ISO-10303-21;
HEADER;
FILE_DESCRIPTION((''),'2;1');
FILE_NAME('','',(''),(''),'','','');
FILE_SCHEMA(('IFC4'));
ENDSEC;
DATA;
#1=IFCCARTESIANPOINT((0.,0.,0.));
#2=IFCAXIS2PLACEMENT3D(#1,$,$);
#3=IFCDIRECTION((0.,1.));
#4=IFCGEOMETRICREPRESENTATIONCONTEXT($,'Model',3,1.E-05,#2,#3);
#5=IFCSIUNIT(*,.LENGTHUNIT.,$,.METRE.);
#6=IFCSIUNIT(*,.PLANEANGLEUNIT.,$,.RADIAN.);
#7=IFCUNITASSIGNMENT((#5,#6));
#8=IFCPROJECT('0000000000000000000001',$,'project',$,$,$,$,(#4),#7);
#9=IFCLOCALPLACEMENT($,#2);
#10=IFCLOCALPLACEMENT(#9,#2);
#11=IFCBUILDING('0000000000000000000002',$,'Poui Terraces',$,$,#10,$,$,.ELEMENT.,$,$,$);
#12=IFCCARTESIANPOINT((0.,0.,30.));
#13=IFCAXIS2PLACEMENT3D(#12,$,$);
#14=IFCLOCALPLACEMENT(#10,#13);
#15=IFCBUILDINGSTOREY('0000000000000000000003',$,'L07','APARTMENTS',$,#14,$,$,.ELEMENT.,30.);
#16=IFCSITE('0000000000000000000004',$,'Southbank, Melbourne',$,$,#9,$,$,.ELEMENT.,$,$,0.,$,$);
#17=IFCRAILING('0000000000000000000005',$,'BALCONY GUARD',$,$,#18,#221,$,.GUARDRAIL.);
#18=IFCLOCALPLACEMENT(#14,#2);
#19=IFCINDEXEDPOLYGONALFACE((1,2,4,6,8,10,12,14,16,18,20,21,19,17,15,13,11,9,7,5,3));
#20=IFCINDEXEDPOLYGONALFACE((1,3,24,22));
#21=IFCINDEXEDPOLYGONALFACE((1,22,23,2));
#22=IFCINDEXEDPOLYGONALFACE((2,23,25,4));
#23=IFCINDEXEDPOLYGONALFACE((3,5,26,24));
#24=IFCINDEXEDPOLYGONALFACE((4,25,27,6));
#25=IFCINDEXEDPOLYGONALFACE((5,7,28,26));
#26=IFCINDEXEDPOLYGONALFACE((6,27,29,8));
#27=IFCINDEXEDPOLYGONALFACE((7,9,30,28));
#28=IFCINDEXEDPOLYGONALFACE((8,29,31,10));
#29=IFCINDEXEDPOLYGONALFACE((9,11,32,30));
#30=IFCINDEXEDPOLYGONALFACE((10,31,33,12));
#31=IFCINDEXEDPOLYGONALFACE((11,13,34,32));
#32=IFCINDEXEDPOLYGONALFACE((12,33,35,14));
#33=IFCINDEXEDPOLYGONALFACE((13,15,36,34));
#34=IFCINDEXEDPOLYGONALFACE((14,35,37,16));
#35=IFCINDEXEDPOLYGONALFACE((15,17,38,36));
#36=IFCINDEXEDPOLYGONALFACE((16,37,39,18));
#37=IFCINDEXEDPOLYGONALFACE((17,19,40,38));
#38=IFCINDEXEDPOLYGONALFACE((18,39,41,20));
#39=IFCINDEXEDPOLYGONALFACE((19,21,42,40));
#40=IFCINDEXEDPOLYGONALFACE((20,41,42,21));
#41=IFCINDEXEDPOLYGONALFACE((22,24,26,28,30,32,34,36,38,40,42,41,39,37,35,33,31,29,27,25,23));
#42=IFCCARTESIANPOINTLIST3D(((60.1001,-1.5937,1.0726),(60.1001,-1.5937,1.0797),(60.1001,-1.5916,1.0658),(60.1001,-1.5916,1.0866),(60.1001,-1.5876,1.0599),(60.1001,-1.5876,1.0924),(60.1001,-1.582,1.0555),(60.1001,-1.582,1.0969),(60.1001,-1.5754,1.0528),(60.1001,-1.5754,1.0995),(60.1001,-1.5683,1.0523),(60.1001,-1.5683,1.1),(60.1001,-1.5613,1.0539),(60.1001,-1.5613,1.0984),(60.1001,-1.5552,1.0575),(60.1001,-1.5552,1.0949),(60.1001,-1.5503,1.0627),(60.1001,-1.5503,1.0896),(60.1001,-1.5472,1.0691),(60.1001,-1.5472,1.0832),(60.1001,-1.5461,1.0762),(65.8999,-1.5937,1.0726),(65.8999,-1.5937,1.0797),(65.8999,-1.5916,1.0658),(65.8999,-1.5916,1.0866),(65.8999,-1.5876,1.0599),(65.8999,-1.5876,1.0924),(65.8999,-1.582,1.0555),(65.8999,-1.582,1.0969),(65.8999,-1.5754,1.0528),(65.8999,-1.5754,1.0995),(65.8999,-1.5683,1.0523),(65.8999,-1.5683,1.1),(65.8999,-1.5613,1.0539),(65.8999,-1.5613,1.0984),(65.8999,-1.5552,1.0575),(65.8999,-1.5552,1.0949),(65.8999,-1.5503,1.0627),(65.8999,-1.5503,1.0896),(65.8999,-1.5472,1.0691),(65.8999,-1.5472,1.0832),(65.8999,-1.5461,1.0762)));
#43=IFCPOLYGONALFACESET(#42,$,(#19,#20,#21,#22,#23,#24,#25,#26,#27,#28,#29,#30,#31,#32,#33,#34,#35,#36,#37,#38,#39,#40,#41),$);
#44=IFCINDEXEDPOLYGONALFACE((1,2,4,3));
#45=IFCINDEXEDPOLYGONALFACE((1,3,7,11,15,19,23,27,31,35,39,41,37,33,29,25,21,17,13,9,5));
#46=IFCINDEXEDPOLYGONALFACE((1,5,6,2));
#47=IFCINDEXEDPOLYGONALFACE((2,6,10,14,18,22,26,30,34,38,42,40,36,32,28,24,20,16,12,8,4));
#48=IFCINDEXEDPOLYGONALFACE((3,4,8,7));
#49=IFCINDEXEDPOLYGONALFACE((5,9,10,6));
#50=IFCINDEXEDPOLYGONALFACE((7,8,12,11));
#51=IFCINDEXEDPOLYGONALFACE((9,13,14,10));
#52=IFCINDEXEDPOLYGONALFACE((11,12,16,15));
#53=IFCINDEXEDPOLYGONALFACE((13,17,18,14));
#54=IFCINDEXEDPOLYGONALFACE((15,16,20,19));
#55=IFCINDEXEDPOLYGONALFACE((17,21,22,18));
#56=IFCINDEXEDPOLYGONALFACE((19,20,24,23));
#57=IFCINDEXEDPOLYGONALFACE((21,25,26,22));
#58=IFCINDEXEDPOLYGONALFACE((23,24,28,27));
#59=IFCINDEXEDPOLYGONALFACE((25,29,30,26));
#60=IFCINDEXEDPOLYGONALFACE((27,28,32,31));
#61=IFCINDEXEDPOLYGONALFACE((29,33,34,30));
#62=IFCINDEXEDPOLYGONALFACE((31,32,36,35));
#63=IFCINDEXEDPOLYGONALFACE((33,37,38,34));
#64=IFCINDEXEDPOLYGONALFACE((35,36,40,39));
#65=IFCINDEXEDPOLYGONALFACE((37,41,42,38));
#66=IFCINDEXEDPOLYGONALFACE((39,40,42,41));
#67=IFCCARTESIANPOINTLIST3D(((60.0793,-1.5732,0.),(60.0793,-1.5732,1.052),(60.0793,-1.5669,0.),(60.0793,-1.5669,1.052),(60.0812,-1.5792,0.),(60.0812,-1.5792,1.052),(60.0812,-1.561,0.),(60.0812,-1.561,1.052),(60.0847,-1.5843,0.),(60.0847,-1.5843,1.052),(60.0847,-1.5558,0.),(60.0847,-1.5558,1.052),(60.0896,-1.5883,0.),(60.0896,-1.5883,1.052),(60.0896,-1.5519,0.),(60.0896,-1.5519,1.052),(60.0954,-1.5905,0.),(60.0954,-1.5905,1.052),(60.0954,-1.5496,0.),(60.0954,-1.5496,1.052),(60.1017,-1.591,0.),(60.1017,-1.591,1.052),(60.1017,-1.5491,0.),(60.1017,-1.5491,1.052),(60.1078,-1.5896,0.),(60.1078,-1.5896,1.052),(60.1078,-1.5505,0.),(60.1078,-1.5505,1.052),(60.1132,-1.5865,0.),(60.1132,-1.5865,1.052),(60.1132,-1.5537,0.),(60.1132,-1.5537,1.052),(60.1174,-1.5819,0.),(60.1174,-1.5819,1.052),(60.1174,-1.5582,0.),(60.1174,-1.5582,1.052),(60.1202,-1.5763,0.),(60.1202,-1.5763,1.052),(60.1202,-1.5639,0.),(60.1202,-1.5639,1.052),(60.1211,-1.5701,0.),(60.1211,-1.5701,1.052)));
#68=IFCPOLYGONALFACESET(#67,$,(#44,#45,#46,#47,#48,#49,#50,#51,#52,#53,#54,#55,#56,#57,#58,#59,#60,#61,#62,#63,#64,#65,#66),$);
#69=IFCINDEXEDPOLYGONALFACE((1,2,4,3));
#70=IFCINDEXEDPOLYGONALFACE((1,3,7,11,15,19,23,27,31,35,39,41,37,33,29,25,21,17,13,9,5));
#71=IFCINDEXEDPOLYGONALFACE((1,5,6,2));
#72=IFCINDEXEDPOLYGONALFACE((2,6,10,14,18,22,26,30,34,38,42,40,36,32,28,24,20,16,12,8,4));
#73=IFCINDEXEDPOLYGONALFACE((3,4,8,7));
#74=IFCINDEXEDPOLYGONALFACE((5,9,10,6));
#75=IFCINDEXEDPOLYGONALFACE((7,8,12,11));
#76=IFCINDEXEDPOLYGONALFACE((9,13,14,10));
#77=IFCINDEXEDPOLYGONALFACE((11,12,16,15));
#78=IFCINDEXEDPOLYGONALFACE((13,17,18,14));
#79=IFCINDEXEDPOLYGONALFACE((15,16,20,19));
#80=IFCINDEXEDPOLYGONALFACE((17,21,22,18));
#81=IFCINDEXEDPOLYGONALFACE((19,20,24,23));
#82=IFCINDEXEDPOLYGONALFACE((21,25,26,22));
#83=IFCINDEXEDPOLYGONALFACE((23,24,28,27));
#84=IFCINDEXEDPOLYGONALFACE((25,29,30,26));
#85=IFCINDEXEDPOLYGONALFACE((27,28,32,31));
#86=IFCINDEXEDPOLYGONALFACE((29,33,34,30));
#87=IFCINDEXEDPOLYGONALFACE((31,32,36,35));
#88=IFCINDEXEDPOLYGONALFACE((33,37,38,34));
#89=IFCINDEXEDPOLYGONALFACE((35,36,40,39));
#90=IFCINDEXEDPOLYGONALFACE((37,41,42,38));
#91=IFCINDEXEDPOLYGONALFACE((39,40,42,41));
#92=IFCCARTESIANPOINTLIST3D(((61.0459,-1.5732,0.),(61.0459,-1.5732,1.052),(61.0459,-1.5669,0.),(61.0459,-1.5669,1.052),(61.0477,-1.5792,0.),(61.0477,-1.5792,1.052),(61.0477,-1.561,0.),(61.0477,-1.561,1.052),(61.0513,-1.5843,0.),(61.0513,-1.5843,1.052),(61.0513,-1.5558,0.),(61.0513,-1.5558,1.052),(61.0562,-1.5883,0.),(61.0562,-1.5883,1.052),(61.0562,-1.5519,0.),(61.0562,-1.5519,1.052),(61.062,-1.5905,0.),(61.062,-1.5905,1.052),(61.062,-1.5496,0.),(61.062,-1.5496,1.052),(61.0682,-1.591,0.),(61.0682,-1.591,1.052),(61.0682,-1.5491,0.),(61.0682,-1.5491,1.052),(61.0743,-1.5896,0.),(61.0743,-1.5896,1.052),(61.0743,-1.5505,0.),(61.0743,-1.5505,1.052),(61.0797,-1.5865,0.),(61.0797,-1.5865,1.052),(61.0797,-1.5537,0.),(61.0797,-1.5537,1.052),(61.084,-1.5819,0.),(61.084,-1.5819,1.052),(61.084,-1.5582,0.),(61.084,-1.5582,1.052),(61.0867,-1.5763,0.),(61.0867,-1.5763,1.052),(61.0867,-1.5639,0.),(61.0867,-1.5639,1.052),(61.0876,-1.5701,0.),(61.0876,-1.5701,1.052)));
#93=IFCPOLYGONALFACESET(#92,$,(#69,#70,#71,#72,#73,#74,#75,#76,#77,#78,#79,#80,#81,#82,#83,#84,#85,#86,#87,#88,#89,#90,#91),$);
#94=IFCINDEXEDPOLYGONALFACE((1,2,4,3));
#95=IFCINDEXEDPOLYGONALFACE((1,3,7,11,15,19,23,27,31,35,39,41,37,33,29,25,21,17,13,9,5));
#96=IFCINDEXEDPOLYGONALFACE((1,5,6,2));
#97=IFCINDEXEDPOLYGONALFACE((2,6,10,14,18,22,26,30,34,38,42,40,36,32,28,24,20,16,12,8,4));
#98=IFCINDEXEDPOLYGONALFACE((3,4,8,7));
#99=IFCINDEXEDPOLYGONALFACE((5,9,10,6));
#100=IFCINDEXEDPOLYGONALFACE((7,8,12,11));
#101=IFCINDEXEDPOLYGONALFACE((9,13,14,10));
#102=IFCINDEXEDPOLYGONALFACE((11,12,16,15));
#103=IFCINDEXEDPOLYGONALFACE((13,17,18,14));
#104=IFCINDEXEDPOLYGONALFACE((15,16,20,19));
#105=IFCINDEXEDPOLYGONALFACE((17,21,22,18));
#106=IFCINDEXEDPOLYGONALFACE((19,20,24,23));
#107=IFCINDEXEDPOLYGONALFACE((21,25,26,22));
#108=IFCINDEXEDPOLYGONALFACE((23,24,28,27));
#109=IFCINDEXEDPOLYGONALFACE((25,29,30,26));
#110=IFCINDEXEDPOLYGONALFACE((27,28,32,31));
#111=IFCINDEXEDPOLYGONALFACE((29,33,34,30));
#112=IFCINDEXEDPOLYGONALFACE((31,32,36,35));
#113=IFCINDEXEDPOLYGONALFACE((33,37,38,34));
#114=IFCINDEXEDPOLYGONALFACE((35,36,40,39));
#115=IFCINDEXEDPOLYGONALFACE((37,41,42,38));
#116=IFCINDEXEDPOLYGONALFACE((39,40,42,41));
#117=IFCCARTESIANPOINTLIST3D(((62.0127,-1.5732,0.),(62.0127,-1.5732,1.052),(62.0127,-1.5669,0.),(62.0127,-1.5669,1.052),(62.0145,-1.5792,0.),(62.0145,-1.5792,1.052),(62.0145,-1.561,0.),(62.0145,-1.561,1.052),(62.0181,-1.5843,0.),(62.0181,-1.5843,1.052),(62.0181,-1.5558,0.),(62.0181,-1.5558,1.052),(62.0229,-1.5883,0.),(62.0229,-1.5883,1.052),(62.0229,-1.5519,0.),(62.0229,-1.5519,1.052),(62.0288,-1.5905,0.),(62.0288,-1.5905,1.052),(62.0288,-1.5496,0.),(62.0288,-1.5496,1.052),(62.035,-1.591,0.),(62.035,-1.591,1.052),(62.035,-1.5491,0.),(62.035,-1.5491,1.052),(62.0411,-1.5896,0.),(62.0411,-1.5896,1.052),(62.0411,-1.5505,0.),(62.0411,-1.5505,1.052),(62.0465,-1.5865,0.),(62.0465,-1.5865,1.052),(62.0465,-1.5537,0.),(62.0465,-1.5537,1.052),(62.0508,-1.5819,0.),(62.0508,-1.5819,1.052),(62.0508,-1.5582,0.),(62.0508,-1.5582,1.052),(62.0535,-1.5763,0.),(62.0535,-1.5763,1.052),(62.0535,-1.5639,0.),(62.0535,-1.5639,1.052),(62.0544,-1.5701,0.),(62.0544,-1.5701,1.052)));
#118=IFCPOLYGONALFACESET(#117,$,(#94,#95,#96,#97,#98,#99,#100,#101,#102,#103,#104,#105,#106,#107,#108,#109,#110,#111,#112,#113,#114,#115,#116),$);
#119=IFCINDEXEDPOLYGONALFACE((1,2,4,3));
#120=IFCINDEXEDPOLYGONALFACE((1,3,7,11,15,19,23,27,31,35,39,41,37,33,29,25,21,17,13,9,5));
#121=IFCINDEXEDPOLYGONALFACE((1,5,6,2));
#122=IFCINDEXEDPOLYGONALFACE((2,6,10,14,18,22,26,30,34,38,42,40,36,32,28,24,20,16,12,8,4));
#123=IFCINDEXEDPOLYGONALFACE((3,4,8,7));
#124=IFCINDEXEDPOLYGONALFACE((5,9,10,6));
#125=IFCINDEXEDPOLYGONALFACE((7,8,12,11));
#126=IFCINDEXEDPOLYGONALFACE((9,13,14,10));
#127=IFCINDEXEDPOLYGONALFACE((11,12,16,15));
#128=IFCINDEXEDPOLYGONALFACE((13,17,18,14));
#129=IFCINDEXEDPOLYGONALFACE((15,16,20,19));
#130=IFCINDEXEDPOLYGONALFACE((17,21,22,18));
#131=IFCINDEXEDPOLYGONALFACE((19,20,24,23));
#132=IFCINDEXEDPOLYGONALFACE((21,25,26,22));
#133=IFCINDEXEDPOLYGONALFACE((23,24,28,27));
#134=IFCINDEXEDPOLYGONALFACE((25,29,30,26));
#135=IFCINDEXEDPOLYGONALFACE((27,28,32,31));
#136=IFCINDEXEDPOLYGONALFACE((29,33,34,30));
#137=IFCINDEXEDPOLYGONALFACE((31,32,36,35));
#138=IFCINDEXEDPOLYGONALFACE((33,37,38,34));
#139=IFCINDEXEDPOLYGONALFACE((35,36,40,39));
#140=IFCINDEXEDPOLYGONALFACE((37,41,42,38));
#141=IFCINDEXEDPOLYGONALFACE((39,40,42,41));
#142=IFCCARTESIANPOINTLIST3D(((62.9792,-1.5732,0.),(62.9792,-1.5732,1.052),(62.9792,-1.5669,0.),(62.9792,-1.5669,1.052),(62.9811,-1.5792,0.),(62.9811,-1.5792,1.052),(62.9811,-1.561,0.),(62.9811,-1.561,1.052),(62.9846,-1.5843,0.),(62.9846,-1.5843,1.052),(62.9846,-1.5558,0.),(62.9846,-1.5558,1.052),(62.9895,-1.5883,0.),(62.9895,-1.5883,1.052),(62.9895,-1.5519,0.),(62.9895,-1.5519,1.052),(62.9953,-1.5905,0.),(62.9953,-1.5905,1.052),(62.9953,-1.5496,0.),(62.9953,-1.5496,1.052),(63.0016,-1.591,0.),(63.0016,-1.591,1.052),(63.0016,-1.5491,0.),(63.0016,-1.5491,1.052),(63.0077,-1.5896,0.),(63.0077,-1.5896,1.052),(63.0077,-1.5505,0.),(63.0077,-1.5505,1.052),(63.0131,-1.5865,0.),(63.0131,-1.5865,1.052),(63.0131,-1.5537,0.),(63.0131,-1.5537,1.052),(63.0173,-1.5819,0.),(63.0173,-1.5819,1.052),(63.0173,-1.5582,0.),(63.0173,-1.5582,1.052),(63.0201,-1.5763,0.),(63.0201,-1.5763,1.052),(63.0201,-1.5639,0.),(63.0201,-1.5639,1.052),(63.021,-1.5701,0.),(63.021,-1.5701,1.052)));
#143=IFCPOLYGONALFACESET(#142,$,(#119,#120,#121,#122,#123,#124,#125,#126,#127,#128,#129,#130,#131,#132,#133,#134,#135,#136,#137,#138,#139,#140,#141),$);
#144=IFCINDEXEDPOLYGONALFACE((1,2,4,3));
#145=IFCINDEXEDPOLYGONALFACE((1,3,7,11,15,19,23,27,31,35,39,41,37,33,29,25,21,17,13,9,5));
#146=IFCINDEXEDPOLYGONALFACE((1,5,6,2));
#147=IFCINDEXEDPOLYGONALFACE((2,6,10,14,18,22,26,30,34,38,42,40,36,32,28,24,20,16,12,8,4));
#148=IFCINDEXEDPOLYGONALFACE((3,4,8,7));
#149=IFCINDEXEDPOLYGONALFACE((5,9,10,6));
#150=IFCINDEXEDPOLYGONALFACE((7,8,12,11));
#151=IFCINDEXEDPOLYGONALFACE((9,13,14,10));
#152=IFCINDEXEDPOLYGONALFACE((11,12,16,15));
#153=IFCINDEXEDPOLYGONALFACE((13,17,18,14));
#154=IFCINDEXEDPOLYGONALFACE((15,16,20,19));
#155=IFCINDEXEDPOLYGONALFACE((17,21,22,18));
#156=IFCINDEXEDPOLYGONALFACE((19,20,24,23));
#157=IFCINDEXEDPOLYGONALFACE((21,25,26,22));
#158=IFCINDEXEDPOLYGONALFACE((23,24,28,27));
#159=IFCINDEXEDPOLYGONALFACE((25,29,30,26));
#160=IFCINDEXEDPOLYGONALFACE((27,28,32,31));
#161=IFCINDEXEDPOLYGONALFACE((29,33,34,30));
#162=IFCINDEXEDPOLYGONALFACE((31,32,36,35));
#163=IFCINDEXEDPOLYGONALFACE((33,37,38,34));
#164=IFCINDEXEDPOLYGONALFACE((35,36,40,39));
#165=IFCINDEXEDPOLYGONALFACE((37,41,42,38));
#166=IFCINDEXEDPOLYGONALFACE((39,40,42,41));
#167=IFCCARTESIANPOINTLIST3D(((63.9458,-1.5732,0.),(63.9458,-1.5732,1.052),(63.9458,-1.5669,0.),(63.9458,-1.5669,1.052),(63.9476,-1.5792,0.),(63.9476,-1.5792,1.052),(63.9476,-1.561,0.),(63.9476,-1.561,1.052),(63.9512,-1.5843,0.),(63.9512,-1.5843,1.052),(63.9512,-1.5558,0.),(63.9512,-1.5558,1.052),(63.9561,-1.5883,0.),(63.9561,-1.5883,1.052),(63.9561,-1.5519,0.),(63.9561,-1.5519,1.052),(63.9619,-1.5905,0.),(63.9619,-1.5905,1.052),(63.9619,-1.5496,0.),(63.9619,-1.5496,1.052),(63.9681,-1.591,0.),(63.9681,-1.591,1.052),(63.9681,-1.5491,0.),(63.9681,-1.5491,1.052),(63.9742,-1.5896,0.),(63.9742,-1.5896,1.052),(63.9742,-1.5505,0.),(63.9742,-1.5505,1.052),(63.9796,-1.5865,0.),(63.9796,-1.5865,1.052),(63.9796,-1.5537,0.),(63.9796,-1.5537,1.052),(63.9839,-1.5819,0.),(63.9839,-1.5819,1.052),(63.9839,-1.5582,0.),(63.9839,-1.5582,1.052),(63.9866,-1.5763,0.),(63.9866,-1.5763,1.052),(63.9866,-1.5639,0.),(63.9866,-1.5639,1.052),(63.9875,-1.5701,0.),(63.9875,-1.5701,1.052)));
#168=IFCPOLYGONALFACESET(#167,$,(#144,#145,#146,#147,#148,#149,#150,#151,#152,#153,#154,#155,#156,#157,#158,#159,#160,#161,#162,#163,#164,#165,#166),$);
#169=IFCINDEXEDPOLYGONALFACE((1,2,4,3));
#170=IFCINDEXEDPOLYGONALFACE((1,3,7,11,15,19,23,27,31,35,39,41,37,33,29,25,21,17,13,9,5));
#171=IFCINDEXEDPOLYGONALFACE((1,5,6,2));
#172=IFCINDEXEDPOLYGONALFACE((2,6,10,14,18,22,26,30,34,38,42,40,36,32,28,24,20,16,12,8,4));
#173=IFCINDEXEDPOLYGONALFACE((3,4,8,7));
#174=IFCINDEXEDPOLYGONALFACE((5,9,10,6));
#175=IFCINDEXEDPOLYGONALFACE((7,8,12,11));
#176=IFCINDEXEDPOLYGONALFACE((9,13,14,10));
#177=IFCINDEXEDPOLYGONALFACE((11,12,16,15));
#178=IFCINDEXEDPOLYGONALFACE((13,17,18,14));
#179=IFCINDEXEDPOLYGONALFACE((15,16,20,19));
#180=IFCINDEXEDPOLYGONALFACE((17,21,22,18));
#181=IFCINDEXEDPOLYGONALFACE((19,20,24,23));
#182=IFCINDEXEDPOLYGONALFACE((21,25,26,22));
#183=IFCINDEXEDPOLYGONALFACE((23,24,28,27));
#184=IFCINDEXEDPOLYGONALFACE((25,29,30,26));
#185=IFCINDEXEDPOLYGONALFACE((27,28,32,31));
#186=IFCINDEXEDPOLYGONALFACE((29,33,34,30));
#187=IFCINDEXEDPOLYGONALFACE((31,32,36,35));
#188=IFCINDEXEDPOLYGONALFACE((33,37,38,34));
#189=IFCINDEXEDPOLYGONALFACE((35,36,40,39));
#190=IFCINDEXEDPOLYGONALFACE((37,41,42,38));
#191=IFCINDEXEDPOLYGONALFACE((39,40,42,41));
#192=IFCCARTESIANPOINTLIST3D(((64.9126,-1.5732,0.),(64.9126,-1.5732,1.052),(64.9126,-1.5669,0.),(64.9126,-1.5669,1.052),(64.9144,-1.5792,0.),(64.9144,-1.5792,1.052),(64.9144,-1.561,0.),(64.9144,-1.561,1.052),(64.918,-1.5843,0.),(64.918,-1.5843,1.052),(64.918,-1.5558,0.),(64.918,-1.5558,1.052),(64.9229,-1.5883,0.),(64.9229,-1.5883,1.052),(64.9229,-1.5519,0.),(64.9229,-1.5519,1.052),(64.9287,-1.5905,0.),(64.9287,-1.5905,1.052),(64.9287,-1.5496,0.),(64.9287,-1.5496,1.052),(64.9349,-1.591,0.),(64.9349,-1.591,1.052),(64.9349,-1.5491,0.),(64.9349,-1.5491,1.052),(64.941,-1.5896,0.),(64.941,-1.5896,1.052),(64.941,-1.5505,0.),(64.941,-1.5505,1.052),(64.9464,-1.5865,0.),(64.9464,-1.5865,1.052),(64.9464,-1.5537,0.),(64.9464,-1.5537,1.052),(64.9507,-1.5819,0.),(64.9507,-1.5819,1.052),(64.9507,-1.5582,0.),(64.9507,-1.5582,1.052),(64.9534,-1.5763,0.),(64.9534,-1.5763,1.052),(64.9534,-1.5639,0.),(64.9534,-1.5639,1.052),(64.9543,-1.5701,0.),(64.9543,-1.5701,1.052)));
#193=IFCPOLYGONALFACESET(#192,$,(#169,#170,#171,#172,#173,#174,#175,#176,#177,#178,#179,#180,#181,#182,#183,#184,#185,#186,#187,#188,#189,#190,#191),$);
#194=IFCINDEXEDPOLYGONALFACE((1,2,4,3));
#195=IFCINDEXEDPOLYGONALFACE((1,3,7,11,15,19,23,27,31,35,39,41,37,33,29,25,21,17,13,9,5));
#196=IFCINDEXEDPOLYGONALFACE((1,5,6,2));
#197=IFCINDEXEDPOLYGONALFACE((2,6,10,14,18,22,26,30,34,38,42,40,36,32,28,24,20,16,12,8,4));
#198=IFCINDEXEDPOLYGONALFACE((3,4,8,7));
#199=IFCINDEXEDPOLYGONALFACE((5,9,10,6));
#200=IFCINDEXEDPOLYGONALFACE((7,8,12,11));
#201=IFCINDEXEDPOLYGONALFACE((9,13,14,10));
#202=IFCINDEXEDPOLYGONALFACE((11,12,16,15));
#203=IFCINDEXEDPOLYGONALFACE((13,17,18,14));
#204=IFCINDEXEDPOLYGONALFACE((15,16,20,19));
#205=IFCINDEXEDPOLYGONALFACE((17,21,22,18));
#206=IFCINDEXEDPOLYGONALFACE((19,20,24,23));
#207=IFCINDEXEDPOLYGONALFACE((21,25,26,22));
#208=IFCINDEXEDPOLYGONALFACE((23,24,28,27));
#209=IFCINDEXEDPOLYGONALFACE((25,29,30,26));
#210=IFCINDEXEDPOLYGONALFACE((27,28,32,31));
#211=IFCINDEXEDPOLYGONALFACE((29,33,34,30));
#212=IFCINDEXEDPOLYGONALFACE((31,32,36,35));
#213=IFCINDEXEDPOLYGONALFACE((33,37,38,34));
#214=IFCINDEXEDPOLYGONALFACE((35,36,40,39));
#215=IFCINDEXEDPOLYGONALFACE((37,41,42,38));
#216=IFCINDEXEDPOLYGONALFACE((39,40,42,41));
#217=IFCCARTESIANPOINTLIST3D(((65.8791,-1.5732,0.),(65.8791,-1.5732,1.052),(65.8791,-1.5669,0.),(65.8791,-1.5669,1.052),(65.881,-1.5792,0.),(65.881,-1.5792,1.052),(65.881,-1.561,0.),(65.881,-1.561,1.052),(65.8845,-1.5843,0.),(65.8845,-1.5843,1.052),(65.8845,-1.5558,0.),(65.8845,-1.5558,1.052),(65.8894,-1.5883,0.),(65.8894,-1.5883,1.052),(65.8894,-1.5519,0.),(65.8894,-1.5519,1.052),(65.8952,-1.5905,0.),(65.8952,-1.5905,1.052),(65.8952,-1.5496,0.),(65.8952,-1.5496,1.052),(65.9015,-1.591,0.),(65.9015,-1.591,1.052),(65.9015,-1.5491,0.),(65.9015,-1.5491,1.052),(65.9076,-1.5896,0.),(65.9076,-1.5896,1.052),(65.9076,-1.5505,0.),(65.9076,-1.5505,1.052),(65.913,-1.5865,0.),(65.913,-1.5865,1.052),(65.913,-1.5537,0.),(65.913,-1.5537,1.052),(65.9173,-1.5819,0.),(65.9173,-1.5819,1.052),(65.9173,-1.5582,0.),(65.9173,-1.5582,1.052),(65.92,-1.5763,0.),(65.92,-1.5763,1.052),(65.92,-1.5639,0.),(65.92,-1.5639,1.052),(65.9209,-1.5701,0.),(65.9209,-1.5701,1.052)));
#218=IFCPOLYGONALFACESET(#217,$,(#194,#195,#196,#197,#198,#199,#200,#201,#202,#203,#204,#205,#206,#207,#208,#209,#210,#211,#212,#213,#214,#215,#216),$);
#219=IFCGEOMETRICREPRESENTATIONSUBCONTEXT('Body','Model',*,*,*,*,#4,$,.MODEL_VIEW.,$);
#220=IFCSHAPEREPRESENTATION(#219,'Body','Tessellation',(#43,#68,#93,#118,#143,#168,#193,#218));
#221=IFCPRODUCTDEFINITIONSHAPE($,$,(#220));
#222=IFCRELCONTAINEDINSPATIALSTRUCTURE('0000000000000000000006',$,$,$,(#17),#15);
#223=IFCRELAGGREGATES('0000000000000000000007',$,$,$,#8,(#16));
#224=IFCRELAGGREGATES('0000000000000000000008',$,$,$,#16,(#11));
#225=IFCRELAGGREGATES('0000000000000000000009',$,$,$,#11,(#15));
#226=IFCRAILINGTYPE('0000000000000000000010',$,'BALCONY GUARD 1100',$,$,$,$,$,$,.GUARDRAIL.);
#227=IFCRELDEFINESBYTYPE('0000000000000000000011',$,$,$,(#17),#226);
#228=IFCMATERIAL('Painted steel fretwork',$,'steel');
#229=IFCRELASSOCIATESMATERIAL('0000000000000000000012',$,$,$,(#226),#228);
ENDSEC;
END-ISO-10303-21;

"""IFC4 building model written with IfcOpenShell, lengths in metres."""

from ifc_helpers import new_model, si_unit, direction, frame, origin, origin_2d, place, context, subcontext, project, spatial, circle, extrude, material, type_object, element, save


model = new_model("IFC4")

# Units and contexts
model_context = context("Model", 3, precision=1e-05, world=origin(), true_north=direction((0.0, 1.0)))
body_context = subcontext(model_context, "Body", "Model", "MODEL_VIEW")
ifc_project = project(units=[si_unit("LENGTHUNIT", "METRE"), si_unit("PLANEANGLEUNIT", "RADIAN")], contexts=[model_context])

# Site, building, storey
site_placement = place(None, origin())
site = spatial("IfcSite", under=ifc_project, at=site_placement, Name="Southbank, Melbourne", CompositionType="ELEMENT", RefElevation=0.0)
building_placement = place(site_placement, origin())
building = spatial("IfcBuilding", under=site, at=building_placement, Name="Poui Terraces", CompositionType="ELEMENT")
storey_placement = place(building_placement, frame((0.0, 0.0, 30.0)))
storey = spatial("IfcBuildingStorey", under=building, at=storey_placement, Name="L07", Description="APARTMENTS", CompositionType="ELEMENT", Elevation=30.0)

# Railing
ifc_material_1 = material(Name="Painted steel fretwork", Category="steel")
railing_type = type_object("IfcRailingType", Name="BALCONY GUARD 1100", PredefinedType="GUARDRAIL", material=ifc_material_1)
railing_placement = place(storey_placement, frame((60.1001, -1.5701, 0.0)))
element("IfcRailing", 1, at=railing_placement, inside=storey, type_object=railing_type, Name="BALCONY GUARD", PredefinedType="GUARDRAIL", context=body_context, shape_type="SweptSolid", body=[
    extrude(circle(Radius=0.0239, at=origin_2d()), frame((0.0, 0.0, 1.0762), z_axis=(1.0, 0.0, 0.0), x_axis=(0.0, 1.0, 0.0)), (0.0, 0.0, 1.0), 5.7998),
    extrude(circle(Radius=0.021, at=origin_2d()), origin(), (0.0, 0.0, 1.0), 1.052),
    extrude(circle(Radius=0.021, at=origin_2d()), frame((0.9666, 0.0, 0.0)), (0.0, 0.0, 1.0), 1.052),
    extrude(circle(Radius=0.021, at=origin_2d()), frame((1.9333, 0.0, 0.0)), (0.0, 0.0, 1.0), 1.052),
    extrude(circle(Radius=0.021, at=origin_2d()), frame((2.8999, 0.0, 0.0)), (0.0, 0.0, 1.0), 1.052),
    extrude(circle(Radius=0.021, at=origin_2d()), frame((3.8665, 0.0, 0.0)), (0.0, 0.0, 1.0), 1.052),
    extrude(circle(Radius=0.021, at=origin_2d()), frame((4.8333, 0.0, 0.0)), (0.0, 0.0, 1.0), 1.052),
    extrude(circle(Radius=0.021, at=origin_2d()), frame((5.7998, 0.0, 0.0)), (0.0, 0.0, 1.0), 1.052),
])

save(model, "model.ifc")
